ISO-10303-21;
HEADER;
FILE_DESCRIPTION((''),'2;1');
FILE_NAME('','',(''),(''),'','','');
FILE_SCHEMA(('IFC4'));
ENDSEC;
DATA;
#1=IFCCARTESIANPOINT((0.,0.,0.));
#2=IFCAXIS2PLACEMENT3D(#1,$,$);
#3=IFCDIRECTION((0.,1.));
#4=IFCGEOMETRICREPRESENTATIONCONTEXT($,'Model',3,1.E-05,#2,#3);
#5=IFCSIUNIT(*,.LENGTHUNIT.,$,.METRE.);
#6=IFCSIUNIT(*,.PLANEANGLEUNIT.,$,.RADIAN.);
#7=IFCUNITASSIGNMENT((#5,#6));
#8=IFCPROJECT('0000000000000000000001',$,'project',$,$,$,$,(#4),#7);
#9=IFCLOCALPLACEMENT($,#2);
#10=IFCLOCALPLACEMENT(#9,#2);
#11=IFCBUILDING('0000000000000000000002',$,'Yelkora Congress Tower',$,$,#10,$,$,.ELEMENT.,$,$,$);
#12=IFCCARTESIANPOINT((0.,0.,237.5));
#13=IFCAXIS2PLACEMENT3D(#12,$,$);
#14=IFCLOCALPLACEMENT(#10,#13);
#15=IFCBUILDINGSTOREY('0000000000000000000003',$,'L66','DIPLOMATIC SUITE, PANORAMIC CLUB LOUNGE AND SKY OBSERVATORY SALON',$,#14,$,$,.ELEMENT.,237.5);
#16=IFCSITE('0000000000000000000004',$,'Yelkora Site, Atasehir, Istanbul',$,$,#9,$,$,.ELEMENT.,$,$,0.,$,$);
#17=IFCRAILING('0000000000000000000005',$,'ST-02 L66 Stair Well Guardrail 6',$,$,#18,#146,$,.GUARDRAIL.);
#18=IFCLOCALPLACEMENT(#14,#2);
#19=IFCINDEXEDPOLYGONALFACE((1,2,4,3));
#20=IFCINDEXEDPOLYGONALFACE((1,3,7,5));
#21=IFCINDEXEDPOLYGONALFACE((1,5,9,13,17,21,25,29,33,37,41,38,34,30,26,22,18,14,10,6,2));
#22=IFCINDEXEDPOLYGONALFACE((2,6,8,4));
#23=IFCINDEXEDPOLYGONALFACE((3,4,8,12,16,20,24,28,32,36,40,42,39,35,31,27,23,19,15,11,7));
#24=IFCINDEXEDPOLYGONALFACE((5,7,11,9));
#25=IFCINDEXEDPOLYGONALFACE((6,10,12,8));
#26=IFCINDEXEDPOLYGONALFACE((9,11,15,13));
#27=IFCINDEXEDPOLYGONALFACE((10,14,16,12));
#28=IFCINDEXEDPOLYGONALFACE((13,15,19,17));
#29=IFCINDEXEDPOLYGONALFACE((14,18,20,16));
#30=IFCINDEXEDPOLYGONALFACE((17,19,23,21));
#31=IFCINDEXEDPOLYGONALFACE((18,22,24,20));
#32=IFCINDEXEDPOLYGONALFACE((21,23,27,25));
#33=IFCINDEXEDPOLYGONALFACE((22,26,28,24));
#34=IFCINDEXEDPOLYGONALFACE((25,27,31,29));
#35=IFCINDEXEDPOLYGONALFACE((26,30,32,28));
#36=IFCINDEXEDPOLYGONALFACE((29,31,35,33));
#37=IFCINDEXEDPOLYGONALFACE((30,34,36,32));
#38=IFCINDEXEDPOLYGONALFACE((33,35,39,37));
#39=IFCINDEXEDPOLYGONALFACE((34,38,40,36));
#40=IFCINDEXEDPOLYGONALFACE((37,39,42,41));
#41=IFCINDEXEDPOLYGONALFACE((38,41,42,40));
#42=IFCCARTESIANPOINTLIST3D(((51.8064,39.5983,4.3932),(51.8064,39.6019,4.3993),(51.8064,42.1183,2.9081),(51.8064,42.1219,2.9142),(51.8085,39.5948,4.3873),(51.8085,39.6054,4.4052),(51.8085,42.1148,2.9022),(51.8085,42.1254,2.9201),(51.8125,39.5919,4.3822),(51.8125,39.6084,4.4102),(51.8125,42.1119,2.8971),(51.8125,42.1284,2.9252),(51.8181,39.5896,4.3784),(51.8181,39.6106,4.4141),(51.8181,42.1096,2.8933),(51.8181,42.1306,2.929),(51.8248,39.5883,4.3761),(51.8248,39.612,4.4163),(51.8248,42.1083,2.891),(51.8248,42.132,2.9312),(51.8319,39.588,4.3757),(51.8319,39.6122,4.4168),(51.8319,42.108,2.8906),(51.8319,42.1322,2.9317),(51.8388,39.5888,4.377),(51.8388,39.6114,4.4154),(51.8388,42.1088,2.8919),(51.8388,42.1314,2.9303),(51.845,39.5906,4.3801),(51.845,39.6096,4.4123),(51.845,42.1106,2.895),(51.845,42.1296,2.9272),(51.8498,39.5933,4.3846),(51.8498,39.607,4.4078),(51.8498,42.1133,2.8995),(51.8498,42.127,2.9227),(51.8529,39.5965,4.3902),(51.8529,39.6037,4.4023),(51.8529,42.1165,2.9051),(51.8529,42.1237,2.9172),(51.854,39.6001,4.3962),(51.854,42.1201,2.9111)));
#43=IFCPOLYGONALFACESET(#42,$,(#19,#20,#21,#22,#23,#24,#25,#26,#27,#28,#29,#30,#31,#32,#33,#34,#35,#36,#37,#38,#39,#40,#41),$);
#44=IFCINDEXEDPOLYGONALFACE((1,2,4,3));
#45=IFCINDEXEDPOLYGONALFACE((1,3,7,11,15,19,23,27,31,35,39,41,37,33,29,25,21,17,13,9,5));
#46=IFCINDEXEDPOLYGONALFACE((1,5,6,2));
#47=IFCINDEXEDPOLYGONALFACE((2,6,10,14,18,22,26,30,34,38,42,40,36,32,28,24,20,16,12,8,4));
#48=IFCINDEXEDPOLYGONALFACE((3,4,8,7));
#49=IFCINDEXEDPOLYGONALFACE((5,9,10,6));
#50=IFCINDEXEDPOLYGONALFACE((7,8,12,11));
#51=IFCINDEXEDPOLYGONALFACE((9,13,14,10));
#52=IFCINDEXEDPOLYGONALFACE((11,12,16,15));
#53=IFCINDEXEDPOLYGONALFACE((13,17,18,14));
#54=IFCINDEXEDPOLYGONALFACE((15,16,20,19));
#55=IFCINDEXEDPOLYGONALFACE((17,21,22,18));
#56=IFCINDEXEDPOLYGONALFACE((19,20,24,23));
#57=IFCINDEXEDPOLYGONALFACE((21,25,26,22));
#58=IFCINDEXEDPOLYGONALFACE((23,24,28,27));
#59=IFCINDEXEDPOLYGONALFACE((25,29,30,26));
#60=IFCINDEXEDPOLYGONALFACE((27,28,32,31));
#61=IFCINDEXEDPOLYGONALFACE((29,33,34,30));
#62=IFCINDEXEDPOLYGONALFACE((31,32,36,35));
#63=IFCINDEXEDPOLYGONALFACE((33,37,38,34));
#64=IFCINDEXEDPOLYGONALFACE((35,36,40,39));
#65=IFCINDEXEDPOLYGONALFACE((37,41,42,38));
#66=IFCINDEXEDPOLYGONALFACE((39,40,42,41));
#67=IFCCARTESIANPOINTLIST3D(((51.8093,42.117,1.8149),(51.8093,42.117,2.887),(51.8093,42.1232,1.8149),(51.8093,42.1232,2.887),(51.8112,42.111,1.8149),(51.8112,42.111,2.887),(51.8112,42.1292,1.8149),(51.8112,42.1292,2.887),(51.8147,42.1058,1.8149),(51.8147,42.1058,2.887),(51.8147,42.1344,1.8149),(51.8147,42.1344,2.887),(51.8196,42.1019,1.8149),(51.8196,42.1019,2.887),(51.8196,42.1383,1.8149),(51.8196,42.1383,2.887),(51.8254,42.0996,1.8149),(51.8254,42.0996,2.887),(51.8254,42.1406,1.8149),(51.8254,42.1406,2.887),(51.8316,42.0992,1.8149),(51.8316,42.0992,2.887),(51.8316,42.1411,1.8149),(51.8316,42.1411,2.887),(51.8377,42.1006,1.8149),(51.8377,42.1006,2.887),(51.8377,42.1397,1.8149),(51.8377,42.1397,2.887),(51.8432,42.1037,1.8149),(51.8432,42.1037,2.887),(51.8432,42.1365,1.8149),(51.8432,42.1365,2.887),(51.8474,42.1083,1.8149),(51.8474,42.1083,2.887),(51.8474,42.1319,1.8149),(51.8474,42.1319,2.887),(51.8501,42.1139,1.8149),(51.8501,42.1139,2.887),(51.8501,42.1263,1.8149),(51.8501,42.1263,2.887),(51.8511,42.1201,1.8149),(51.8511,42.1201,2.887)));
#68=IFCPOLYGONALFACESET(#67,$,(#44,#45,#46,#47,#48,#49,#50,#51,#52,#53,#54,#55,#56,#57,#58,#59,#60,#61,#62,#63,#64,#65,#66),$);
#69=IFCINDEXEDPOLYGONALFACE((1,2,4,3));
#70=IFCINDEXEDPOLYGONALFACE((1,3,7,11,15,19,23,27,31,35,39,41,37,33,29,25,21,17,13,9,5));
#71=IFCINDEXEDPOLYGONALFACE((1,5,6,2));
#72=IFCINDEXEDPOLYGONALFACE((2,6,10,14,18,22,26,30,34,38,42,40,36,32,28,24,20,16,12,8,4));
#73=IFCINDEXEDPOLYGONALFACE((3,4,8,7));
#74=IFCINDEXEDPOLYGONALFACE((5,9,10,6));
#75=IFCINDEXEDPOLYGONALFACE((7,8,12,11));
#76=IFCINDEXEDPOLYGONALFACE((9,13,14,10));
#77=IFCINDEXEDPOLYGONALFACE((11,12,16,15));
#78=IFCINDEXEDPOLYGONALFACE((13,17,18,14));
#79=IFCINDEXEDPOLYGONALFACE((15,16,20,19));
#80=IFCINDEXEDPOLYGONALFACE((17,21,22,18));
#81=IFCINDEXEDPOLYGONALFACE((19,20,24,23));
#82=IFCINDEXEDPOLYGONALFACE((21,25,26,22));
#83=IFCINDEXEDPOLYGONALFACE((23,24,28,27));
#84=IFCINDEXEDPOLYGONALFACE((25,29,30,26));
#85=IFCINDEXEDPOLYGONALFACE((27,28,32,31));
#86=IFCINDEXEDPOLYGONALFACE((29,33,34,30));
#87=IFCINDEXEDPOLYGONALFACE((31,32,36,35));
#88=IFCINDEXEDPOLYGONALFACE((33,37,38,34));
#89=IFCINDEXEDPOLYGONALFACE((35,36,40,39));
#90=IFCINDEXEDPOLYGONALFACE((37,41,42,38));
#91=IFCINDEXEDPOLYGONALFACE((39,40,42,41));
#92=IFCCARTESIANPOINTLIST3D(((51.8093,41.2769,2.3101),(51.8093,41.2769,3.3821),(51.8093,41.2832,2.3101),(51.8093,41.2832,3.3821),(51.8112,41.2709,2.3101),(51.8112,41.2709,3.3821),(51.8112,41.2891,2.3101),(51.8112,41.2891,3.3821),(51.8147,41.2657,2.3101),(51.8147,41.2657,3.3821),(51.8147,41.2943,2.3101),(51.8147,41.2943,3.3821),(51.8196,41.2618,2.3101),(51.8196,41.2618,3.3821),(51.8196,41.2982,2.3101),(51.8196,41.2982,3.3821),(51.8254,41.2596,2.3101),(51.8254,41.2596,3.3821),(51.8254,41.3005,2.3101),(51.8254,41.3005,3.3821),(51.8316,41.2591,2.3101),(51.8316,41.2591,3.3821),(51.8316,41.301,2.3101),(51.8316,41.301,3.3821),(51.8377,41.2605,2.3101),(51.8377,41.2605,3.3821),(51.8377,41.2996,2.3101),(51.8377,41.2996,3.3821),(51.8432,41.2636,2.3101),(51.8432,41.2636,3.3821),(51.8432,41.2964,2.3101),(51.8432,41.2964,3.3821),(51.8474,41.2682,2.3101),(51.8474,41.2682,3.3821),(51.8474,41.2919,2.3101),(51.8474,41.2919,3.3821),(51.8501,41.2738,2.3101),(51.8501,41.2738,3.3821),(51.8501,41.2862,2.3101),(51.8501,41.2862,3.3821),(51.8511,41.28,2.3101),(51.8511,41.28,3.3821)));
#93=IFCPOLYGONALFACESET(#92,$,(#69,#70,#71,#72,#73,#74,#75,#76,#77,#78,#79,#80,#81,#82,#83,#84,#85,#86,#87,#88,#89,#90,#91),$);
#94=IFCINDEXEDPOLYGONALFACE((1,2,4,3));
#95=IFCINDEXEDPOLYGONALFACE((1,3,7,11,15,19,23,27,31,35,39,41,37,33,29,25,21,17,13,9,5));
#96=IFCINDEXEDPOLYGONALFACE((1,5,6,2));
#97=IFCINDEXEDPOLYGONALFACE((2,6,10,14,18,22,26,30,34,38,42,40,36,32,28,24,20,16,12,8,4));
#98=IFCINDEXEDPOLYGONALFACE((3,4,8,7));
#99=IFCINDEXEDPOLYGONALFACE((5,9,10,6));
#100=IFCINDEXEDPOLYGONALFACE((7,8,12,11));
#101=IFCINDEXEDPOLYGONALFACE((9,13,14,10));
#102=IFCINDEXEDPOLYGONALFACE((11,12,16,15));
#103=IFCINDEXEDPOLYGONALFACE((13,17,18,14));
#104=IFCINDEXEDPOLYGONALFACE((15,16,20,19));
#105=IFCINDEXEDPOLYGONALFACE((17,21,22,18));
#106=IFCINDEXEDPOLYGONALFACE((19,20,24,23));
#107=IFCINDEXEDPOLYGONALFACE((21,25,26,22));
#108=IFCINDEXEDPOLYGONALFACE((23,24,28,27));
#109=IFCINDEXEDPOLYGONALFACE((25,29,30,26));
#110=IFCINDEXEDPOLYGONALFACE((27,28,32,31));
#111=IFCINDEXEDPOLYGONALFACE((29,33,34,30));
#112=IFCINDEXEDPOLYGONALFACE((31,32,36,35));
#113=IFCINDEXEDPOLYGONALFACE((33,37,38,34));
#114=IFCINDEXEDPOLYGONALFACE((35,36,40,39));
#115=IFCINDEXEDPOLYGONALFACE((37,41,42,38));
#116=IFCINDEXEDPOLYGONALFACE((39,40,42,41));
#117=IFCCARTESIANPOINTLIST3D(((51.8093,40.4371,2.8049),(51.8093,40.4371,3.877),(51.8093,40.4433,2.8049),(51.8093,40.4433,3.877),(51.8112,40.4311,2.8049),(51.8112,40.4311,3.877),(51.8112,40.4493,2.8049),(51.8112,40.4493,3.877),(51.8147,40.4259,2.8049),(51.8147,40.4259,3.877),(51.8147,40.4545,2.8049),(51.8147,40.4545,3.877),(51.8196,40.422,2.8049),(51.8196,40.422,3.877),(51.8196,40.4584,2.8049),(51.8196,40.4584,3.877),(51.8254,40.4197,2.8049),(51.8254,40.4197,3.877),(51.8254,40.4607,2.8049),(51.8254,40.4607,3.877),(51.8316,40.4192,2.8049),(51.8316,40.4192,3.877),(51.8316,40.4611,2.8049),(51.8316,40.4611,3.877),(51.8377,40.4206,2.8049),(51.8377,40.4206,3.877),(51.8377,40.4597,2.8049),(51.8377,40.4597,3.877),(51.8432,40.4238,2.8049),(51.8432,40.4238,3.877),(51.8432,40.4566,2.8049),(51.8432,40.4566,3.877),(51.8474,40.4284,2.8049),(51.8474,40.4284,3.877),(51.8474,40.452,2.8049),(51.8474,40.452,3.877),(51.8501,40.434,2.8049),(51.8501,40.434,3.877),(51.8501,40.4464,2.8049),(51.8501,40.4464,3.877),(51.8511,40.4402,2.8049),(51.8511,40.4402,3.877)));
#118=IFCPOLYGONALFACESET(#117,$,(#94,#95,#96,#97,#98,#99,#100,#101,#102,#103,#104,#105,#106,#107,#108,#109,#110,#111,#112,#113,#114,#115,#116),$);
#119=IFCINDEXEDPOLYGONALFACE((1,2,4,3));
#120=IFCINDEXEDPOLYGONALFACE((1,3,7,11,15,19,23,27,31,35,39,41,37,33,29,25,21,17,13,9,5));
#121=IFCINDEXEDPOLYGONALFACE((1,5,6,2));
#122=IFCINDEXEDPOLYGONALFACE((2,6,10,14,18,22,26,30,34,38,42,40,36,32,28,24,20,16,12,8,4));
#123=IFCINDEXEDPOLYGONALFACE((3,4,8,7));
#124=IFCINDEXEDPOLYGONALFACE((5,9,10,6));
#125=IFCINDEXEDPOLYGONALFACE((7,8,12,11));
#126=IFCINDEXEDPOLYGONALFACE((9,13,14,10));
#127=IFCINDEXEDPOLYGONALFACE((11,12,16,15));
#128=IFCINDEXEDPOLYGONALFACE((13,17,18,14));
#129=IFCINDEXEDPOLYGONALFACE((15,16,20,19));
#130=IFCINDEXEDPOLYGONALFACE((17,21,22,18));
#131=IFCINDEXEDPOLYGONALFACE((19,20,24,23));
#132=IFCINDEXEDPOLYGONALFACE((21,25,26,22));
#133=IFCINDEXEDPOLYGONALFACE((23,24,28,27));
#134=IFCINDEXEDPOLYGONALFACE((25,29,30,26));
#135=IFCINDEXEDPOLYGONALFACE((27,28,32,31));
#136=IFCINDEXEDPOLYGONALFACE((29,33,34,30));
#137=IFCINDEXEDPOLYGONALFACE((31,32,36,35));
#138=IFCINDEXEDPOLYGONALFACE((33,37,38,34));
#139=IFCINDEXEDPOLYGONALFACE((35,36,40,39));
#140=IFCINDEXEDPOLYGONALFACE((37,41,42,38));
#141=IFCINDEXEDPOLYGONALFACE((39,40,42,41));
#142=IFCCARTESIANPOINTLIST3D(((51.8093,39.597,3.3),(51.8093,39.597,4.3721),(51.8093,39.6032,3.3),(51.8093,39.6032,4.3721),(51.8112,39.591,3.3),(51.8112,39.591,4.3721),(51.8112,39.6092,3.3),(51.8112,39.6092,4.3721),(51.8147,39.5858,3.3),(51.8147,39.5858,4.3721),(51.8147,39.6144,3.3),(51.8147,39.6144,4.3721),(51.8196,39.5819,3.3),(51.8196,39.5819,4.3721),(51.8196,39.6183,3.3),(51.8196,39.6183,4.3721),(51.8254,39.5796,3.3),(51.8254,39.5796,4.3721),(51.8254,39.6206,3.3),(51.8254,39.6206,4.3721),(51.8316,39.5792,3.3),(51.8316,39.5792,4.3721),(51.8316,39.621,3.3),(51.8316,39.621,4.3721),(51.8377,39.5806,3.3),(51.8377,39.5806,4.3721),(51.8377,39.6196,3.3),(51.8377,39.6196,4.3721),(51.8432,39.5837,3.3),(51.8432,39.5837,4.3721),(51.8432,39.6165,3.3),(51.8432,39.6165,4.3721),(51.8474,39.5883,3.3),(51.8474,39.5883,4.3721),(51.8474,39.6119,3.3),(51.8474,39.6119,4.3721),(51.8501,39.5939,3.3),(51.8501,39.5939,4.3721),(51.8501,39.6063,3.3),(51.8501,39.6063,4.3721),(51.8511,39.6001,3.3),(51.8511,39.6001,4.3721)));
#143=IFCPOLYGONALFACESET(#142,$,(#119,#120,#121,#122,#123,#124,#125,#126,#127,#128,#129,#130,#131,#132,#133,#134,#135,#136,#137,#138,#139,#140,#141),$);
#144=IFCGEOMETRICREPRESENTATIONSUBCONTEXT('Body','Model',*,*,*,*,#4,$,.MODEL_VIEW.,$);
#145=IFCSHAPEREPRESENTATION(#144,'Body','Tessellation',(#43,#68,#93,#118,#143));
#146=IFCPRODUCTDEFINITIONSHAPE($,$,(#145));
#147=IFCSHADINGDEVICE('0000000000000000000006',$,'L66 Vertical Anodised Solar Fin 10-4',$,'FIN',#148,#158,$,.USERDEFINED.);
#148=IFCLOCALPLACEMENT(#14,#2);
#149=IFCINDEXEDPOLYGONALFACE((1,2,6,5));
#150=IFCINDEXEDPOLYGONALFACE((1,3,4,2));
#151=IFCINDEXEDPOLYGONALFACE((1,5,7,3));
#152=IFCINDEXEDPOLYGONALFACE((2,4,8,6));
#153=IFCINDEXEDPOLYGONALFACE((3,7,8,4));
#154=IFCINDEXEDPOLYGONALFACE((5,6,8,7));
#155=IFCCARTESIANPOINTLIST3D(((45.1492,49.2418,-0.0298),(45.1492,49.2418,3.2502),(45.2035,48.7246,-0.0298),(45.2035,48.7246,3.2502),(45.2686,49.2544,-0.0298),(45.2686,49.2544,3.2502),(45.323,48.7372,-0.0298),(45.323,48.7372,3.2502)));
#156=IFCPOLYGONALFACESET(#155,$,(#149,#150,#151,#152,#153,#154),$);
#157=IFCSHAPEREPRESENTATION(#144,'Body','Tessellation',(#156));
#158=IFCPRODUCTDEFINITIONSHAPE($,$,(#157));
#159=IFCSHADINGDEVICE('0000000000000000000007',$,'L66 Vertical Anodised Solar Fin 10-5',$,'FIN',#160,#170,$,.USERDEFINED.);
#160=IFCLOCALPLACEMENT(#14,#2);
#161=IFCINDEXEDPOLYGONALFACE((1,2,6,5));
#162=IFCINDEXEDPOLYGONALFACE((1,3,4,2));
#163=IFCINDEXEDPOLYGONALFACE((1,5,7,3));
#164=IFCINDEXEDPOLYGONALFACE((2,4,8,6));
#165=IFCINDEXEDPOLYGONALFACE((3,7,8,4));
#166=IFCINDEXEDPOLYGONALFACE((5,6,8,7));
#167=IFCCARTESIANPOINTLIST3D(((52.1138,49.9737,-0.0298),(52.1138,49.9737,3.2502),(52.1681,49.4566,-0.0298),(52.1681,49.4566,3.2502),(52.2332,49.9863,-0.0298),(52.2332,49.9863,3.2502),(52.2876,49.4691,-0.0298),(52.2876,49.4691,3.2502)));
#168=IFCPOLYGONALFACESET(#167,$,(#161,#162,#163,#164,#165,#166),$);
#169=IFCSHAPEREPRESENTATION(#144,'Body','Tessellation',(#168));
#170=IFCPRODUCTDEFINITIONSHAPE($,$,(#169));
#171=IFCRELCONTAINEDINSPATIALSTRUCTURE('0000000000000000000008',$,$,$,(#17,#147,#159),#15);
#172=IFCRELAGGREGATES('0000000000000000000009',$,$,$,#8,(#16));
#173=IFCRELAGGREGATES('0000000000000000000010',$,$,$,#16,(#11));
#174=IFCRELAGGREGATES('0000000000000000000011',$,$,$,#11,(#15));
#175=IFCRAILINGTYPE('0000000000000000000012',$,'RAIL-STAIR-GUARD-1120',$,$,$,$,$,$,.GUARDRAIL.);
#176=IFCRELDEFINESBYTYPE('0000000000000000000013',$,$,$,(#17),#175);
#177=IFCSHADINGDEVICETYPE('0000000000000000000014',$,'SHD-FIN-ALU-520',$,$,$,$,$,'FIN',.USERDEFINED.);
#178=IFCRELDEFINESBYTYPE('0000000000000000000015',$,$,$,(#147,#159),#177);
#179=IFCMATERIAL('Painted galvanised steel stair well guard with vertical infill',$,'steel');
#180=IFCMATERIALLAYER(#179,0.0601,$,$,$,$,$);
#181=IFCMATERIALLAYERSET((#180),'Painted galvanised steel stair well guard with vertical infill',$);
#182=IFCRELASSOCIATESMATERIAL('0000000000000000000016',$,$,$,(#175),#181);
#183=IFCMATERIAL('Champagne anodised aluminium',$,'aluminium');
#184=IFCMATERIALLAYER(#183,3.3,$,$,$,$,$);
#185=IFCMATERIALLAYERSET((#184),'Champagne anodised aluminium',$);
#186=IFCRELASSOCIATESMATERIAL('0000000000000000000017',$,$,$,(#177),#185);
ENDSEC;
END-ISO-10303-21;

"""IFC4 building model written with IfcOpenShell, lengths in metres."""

from ifc_helpers import new_model, si_unit, direction, frame, origin, origin_2d, place, context, subcontext, project, spatial, rectangle, circle, extrude, material, layer, layer_set, type_object, element, save


model = new_model("IFC4")

# Units and contexts
model_context = context("Model", 3, precision=1e-05, world=origin(), true_north=direction((0.0, 1.0)))
body_context = subcontext(model_context, "Body", "Model", "MODEL_VIEW")
ifc_project = project(units=[si_unit("LENGTHUNIT", "METRE"), si_unit("PLANEANGLEUNIT", "RADIAN")], contexts=[model_context])

# Site, building, storey
site_placement = place(None, origin())
site = spatial("IfcSite", under=ifc_project, at=site_placement, Name="Yelkora Site, Atasehir, Istanbul", CompositionType="ELEMENT", RefElevation=0.0)
building_placement = place(site_placement, origin())
building = spatial("IfcBuilding", under=site, at=building_placement, Name="Yelkora Congress Tower", CompositionType="ELEMENT")
storey_placement = place(building_placement, frame((0.0, 0.0, 237.5)))
storey = spatial("IfcBuildingStorey", under=building, at=storey_placement, Name="L66", Description="DIPLOMATIC SUITE, PANORAMIC CLUB LOUNGE AND SKY OBSERVATORY SALON", CompositionType="ELEMENT", Elevation=237.5)

# Railing
ifc_material_1 = material(Name="Painted galvanised steel stair well guard with vertical infill", Category="steel")
ifc_layer_1 = layer(ifc_material_1, 0.0601)
ifc_layer_set_1 = layer_set([ifc_layer_1], Name="Painted galvanised steel stair well guard with vertical infill")
railing_type = type_object("IfcRailingType", Name="RAIL-STAIR-GUARD-1120", PredefinedType="GUARDRAIL", material=ifc_layer_set_1)
railing_1_placement = place(storey_placement, frame((51.8301, 42.1201, 1.8149)))
element("IfcRailing", 1, at=railing_1_placement, inside=storey, type_object=railing_type, Name="ST-02 L66 Stair Well Guardrail 6", PredefinedType="GUARDRAIL", context=body_context, shape_type="SweptSolid", body=[
    extrude(circle(Radius=0.0239, at=origin_2d()), frame((0.0, 0.0, 1.0962), z_axis=(0.0, -0.861524, 0.507717), x_axis=(1.0, 0.0, 0.0)), (0.0, 0.0, 1.0), 2.925),
    extrude(circle(Radius=0.021, at=origin_2d()), origin(), (0.0, 0.0, 1.0), 1.072),
    extrude(circle(Radius=0.021, at=origin_2d()), frame((0.0, -0.8401, 0.4951)), (0.0, 0.0, 1.0), 1.072),
    extrude(circle(Radius=0.021, at=origin_2d()), frame((0.0, -1.6799, 0.99)), (0.0, 0.0, 1.0), 1.072),
    extrude(circle(Radius=0.021, at=origin_2d()), frame((0.0, -2.52, 1.4851)), (0.0, 0.0, 1.0), 1.072),
])

# Shading devices
ifc_material_2 = material(Name="Champagne anodised aluminium", Category="aluminium")
ifc_layer_2 = layer(ifc_material_2, 3.3)
ifc_layer_set_2 = layer_set([ifc_layer_2], Name="Champagne anodised aluminium")
shading_device_type = type_object("IfcShadingDeviceType", Name="SHD-FIN-ALU-520", ElementType="FIN", PredefinedType="USERDEFINED", material=ifc_layer_set_2)
for number, where, z_axis, x_axis, name in (
    (2, (45.2361, 48.9895, -0.0298), (0.0, 0.0, 1.0), (0.994522, 0.104528, 0.0), "L66 Vertical Anodised Solar Fin 10-4"),
    (3, (52.2007, 49.7214, -0.0298), (0.0, 0.0, 1.0), (0.994522, 0.104528, 0.0), "L66 Vertical Anodised Solar Fin 10-5"),
):
    element("IfcShadingDevice", number, at=place(storey_placement, frame(where, z_axis=z_axis, x_axis=x_axis)), inside=storey, type_object=shading_device_type, Name=name, ObjectType="FIN", PredefinedType="USERDEFINED", context=body_context, shape_type="SweptSolid", body=[
        extrude(rectangle(XDim=0.1201, YDim=0.52, at=origin_2d()), origin(), (0.0, 0.0, 1.0), 3.28),
    ])

save(model, "model.ifc")
